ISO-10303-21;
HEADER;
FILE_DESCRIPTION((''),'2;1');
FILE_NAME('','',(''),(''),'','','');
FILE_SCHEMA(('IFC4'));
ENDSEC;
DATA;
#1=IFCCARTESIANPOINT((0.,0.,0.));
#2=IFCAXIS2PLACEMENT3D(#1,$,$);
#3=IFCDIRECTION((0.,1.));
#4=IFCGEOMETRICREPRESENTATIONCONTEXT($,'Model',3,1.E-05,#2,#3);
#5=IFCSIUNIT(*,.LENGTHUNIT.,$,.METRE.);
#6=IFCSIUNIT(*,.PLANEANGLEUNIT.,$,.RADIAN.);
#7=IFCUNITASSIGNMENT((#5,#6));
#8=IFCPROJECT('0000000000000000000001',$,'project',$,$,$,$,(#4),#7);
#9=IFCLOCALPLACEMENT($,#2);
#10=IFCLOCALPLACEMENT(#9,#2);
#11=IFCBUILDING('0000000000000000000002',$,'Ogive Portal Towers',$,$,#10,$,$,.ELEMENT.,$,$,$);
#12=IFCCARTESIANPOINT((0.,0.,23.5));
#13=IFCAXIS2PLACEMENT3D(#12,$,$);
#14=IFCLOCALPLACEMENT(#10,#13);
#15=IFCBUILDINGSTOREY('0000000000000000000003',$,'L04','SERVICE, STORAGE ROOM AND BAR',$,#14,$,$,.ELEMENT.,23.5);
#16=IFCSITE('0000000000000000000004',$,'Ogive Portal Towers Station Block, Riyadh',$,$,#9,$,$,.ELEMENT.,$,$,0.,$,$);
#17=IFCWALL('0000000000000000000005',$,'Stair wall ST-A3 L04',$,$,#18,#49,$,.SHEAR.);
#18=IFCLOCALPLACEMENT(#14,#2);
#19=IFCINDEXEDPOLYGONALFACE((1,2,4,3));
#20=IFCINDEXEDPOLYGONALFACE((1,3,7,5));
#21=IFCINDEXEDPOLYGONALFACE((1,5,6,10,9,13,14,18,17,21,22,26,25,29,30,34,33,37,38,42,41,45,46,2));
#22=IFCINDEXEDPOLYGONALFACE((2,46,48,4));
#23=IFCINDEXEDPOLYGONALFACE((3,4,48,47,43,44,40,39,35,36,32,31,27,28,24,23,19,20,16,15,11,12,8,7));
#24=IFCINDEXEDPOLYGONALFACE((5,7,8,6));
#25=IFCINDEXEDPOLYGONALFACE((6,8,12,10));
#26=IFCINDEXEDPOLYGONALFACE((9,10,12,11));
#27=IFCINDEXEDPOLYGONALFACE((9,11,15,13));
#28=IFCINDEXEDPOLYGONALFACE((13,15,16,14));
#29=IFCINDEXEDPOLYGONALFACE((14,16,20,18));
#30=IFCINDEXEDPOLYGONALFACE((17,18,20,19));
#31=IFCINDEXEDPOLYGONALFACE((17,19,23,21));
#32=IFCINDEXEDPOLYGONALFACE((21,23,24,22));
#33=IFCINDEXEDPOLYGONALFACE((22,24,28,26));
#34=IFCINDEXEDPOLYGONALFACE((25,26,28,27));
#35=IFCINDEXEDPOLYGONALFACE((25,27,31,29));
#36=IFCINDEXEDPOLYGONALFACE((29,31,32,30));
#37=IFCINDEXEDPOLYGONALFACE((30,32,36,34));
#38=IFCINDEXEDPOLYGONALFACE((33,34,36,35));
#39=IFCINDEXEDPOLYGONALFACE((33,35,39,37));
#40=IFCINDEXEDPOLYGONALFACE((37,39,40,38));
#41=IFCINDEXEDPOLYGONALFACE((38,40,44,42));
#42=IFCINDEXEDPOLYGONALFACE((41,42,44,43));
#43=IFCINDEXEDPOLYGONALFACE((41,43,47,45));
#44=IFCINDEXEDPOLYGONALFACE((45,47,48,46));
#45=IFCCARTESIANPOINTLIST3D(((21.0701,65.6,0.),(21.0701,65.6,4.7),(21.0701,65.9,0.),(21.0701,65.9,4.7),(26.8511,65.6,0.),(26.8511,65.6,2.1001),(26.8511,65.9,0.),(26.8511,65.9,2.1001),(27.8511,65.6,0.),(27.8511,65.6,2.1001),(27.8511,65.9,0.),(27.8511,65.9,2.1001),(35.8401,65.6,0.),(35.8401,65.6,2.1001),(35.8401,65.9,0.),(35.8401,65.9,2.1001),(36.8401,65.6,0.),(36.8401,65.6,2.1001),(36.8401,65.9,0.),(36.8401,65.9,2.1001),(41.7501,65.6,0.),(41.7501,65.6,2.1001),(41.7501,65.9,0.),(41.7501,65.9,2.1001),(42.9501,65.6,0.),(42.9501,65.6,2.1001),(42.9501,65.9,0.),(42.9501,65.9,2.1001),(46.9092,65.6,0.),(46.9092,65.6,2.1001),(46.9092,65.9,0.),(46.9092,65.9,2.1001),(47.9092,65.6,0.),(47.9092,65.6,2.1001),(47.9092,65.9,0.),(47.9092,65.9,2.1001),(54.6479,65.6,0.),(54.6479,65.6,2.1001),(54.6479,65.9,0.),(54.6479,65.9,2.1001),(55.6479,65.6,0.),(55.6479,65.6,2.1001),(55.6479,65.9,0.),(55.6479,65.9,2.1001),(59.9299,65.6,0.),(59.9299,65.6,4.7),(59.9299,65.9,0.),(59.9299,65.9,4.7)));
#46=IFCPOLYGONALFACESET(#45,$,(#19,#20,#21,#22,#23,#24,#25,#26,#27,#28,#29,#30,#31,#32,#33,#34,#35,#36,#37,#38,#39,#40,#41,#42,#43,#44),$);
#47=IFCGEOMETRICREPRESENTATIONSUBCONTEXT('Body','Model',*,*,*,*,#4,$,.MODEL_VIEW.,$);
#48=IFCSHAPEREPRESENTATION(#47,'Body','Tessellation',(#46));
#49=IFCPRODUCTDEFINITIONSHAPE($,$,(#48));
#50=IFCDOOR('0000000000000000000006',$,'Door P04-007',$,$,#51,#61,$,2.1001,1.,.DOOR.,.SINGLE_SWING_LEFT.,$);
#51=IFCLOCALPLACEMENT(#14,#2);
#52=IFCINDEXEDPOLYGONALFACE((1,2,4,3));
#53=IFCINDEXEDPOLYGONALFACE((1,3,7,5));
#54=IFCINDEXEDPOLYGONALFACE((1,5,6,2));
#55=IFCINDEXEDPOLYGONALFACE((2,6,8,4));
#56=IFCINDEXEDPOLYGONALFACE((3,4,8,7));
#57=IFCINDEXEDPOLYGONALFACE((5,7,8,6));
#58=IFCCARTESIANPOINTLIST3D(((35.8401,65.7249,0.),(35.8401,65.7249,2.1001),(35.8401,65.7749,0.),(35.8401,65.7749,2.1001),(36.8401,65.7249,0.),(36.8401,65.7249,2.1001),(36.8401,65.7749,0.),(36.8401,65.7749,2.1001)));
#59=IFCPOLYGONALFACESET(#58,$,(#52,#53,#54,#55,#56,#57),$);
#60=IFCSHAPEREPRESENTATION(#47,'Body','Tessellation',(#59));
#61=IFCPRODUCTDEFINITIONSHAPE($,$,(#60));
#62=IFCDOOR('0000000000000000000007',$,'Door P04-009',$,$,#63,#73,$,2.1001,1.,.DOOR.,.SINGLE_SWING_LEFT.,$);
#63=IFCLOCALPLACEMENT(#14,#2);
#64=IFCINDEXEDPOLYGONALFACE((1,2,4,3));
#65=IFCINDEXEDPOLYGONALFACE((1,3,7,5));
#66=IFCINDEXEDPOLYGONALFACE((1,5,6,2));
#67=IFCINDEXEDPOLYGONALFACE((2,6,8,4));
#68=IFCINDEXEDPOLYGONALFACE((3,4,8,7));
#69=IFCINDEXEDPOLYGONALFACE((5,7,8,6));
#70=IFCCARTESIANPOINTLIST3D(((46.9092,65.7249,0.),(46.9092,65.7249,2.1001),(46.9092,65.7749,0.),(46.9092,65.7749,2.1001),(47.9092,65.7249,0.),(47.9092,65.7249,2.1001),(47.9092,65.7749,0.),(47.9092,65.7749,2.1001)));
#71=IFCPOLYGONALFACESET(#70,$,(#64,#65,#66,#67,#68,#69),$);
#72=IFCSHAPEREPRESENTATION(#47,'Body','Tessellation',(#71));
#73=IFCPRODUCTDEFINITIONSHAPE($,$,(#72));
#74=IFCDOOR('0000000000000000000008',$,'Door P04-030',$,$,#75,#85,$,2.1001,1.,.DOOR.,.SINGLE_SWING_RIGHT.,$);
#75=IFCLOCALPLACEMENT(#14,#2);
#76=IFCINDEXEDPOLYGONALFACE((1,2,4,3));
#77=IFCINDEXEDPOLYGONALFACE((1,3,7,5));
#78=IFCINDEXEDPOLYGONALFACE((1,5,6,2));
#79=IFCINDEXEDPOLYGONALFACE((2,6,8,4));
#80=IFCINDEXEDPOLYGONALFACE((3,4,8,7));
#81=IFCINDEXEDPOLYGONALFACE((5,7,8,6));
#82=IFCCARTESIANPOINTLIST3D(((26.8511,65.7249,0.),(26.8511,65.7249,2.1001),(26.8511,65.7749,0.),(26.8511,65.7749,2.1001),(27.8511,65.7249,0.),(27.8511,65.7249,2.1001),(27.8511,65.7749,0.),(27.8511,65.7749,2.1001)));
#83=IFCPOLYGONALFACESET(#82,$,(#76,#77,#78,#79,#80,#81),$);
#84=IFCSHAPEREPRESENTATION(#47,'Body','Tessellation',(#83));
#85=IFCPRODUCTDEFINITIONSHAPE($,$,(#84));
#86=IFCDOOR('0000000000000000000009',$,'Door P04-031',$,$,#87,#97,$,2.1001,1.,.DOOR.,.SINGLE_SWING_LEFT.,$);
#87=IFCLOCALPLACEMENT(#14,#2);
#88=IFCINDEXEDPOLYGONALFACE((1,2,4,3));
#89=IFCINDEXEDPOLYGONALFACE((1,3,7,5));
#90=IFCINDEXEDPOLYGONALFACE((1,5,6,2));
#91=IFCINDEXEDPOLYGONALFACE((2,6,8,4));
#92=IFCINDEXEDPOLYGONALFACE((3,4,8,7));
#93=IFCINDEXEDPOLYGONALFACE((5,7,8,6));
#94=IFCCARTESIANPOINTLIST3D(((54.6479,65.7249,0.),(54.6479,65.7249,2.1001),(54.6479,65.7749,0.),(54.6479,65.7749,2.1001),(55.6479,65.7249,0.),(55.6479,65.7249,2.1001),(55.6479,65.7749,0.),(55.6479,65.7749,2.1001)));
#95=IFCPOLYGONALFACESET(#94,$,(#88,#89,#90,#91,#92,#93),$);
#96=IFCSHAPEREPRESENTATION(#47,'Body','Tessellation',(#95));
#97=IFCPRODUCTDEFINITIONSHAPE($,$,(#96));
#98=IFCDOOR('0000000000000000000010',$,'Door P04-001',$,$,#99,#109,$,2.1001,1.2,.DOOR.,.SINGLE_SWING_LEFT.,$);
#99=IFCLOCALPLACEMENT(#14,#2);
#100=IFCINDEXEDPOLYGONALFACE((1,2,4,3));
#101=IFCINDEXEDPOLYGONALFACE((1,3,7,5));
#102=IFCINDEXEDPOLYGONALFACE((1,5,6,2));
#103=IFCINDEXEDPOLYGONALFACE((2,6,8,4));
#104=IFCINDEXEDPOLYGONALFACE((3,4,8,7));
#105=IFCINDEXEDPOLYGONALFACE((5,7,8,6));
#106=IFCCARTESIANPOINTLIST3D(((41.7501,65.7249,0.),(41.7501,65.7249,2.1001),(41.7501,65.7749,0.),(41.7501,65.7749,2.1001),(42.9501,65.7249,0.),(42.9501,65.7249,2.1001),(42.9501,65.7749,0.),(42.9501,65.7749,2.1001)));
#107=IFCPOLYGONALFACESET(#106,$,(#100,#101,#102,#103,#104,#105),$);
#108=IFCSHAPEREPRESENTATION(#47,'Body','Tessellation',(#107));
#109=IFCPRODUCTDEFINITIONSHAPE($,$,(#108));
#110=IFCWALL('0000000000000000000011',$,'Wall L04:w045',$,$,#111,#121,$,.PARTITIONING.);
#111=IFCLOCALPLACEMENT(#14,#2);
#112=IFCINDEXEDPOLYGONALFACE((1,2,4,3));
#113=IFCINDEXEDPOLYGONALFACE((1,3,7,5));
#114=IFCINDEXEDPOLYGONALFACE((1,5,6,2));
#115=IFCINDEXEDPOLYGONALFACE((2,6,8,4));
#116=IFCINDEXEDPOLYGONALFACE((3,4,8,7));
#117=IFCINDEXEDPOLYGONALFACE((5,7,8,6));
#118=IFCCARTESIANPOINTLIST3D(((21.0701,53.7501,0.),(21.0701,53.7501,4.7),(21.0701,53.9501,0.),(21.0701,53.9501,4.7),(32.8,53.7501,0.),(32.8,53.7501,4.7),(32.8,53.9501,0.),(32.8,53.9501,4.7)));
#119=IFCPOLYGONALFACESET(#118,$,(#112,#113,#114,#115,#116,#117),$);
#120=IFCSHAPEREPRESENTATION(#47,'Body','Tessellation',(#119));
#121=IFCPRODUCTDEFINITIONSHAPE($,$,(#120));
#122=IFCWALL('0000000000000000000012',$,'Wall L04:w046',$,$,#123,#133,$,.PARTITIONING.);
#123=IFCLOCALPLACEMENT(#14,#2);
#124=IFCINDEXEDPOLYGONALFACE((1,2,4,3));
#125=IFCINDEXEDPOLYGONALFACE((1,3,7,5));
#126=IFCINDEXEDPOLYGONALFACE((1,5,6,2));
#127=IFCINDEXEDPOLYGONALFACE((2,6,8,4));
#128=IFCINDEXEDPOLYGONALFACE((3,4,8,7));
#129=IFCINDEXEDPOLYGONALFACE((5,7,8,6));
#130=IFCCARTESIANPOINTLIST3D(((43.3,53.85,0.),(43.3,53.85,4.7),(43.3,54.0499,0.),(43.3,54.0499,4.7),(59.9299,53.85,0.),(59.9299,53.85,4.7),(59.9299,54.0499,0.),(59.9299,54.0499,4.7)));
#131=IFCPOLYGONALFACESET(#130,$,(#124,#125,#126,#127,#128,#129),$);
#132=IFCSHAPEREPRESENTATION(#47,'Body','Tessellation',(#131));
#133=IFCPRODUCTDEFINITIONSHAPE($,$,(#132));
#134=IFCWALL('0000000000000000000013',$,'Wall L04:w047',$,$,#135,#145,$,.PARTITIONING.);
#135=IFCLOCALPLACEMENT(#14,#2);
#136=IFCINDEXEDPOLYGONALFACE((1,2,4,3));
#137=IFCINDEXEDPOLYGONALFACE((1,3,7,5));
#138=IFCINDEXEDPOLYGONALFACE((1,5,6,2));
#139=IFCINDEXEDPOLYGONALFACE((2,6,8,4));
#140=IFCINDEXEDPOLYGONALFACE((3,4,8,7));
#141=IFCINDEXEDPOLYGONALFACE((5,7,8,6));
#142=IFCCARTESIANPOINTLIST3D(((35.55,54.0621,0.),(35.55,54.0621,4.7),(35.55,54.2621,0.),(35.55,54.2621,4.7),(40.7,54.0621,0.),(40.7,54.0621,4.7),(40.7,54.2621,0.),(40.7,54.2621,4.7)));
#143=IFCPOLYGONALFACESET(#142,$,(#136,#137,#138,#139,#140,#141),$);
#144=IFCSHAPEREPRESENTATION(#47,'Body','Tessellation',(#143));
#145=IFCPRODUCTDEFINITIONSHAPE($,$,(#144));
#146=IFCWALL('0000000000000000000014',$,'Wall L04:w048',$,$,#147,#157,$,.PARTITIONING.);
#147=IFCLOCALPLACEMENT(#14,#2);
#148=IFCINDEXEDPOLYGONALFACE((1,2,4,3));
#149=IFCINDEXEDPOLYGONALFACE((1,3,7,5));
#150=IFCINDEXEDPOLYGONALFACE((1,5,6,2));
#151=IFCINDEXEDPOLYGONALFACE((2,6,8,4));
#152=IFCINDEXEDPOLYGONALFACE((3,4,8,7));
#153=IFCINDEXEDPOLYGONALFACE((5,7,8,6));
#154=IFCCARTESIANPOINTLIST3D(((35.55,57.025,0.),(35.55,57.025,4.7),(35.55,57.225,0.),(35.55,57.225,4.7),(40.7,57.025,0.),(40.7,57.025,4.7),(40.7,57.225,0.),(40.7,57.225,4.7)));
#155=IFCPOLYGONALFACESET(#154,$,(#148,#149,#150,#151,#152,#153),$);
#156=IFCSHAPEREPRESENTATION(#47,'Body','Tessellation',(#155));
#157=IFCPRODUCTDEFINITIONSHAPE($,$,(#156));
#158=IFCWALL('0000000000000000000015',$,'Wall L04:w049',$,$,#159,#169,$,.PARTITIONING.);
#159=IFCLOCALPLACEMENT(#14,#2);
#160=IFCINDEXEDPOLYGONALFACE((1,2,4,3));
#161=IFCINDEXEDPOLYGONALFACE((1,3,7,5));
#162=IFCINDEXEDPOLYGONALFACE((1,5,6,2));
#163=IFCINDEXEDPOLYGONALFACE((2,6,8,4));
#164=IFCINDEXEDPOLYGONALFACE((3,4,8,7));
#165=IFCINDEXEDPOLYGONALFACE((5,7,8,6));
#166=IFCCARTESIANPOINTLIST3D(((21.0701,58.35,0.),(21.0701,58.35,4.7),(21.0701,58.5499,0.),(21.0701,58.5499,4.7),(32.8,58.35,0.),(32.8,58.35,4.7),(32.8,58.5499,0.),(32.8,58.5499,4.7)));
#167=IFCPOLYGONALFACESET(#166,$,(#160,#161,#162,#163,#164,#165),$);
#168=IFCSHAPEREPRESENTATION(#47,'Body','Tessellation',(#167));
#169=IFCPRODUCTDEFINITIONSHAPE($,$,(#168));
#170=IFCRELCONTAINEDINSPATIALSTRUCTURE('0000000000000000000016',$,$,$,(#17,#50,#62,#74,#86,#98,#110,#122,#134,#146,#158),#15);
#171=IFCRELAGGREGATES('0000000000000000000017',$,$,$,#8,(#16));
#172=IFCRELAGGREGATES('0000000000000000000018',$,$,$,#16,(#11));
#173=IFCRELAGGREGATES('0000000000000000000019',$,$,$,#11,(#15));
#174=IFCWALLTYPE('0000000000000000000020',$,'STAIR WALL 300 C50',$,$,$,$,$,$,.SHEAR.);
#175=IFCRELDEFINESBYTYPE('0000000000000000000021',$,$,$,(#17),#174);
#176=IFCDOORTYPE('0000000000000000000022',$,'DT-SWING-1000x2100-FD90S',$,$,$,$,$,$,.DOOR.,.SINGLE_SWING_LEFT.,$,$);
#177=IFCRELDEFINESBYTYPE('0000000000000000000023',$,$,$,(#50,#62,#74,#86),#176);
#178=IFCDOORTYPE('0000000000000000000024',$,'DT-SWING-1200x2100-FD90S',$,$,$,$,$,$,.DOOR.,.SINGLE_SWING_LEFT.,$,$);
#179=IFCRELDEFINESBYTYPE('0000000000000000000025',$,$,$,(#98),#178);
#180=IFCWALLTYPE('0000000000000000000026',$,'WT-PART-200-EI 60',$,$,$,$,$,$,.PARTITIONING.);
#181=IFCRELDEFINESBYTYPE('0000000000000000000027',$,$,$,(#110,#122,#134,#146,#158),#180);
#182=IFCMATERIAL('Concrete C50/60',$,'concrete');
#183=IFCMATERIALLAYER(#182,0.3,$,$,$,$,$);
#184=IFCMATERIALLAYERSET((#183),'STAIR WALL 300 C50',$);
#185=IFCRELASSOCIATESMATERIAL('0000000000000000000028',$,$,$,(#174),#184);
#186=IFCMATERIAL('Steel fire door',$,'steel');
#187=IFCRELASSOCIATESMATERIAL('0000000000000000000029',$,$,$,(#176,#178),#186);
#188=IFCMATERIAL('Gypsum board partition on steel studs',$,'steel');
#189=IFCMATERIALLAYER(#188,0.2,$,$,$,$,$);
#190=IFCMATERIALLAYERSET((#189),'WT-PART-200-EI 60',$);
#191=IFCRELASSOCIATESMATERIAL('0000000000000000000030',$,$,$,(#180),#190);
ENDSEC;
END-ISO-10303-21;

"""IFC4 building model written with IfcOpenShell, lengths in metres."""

from ifc_helpers import new_model, si_unit, direction, frame, frame_2d, origin, place, context, subcontext, project, spatial, rectangle, extrude, material, layer, layer_set, type_object, element, fill, save


model = new_model("IFC4")

# Units and contexts
model_context = context("Model", 3, precision=1e-05, world=origin(), true_north=direction((0.0, 1.0)))
body_context = subcontext(model_context, "Body", "Model", "MODEL_VIEW")
ifc_project = project(units=[si_unit("LENGTHUNIT", "METRE"), si_unit("PLANEANGLEUNIT", "RADIAN")], contexts=[model_context])

# Site, building, storey
site_placement = place(None, origin())
site = spatial("IfcSite", under=ifc_project, at=site_placement, Name="Ogive Portal Towers Station Block, Riyadh", CompositionType="ELEMENT", RefElevation=0.0)
building_placement = place(site_placement, origin())
building = spatial("IfcBuilding", under=site, at=building_placement, Name="Ogive Portal Towers", CompositionType="ELEMENT")
storey_placement = place(building_placement, frame((0.0, 0.0, 23.5)))
storey = spatial("IfcBuildingStorey", under=building, at=storey_placement, Name="L04", Description="SERVICE, STORAGE ROOM AND BAR", CompositionType="ELEMENT", Elevation=23.5)

# Shared definitions
ifc_material_1 = material(Name="Concrete C50/60", Category="concrete")

# Shared definitions
ifc_layer_1 = layer(ifc_material_1, 0.3)
ifc_layer_set_1 = layer_set([ifc_layer_1], Name="STAIR WALL 300 C50")
wall_type_1 = type_object("IfcWallType", Name="STAIR WALL 300 C50", PredefinedType="SHEAR", material=ifc_layer_set_1)

# Wall, openings, doors
wall_1_placement = place(storey_placement, frame((21.0701, 65.75, 0.0), z_axis=(0.0, 0.0, 1.0), x_axis=(1.0, 0.0, 0.0)))
wall_1 = element("IfcWall", 1, at=wall_1_placement, inside=storey, type_object=wall_type_1, Name="Stair wall ST-A3 L04", PredefinedType="SHEAR", context=body_context, shape_type="SweptSolid", body=[
    extrude(rectangle(XDim=38.8599, YDim=0.3, at=frame_2d((19.4299, 0.0))), origin(), (0.0, 0.0, 1.0), 4.7),
])
opening_1_placement = place(wall_1_placement, frame((20.6799, 0.0, 0.0)))
opening_1 = element("IfcOpeningElement", 2, at=opening_1_placement, cuts=wall_1, PredefinedType="OPENING", context=body_context, shape_type="SweptSolid", body=[
    extrude(rectangle(XDim=1.2, YDim=2.1001, at=frame_2d((0.6001, 1.05))), frame((0.0, 0.1602, 0.0), z_axis=(0.0, -1.0, 0.0), x_axis=(1.0, 0.0, 0.0)), (0.0, 0.0, 1.0), 0.3201),
])
opening_2_placement = place(wall_1_placement, frame((14.77, 0.0, 0.0)))
opening_2 = element("IfcOpeningElement", 3, at=opening_2_placement, cuts=wall_1, PredefinedType="OPENING", context=body_context, shape_type="SweptSolid", body=[
    extrude(rectangle(XDim=1.0, YDim=2.1001, at=frame_2d((0.5, 1.05))), frame((0.0, 0.1602, 0.0), z_axis=(0.0, -1.0, 0.0), x_axis=(1.0, 0.0, 0.0)), (0.0, 0.0, 1.0), 0.3201),
])
opening_3_placement = place(wall_1_placement, frame((25.8391, 0.0, 0.0)))
opening_3 = element("IfcOpeningElement", 4, at=opening_3_placement, cuts=wall_1, PredefinedType="OPENING", context=body_context, shape_type="SweptSolid", body=[
    extrude(rectangle(XDim=1.0, YDim=2.1001, at=frame_2d((0.5, 1.05))), frame((0.0, 0.1602, 0.0), z_axis=(0.0, -1.0, 0.0), x_axis=(1.0, 0.0, 0.0)), (0.0, 0.0, 1.0), 0.3201),
])
opening_4_placement = place(wall_1_placement, frame((5.781, 0.0, 0.0)))
opening_4 = element("IfcOpeningElement", 5, at=opening_4_placement, cuts=wall_1, PredefinedType="OPENING", context=body_context, shape_type="SweptSolid", body=[
    extrude(rectangle(XDim=1.0, YDim=2.1001, at=frame_2d((0.5, 1.05))), frame((0.0, 0.1602, 0.0), z_axis=(0.0, -1.0, 0.0), x_axis=(1.0, 0.0, 0.0)), (0.0, 0.0, 1.0), 0.3201),
])
opening_5_placement = place(wall_1_placement, frame((33.5779, 0.0, 0.0)))
opening_5 = element("IfcOpeningElement", 6, at=opening_5_placement, cuts=wall_1, PredefinedType="OPENING", context=body_context, shape_type="SweptSolid", body=[
    extrude(rectangle(XDim=1.0, YDim=2.1001, at=frame_2d((0.5, 1.05))), frame((0.0, 0.1602, 0.0), z_axis=(0.0, -1.0, 0.0), x_axis=(1.0, 0.0, 0.0)), (0.0, 0.0, 1.0), 0.3201),
])
ifc_material_2 = material(Name="Steel fire door", Category="steel")
door_type_1 = type_object("IfcDoorType", Name="DT-SWING-1000x2100-FD90S", OperationType="SINGLE_SWING_LEFT", PredefinedType="DOOR", material=ifc_material_2)
door_1_placement = place(opening_2_placement, origin())
door_1 = element("IfcDoor", 7, at=door_1_placement, inside=storey, type_object=door_type_1, Name="Door P04-007", OperationType="SINGLE_SWING_LEFT", OverallHeight=2.1001, OverallWidth=1.0, PredefinedType="DOOR", context=body_context, shape_type="SweptSolid", body=[
    extrude(rectangle(XDim=1.0, YDim=2.1001, at=frame_2d((0.5, 1.05))), frame((0.0, 0.0249, 0.0), z_axis=(0.0, -1.0, 0.0), x_axis=(1.0, 0.0, 0.0)), (0.0, 0.0, 1.0), 0.05),
])
fill(opening_2, door_1)
door_2_placement = place(opening_3_placement, origin())
door_2 = element("IfcDoor", 8, at=door_2_placement, inside=storey, type_object=door_type_1, Name="Door P04-009", OperationType="SINGLE_SWING_LEFT", OverallHeight=2.1001, OverallWidth=1.0, PredefinedType="DOOR", context=body_context, shape_type="SweptSolid", body=[
    extrude(rectangle(XDim=1.0, YDim=2.1001, at=frame_2d((0.5, 1.05))), frame((0.0, 0.0249, 0.0), z_axis=(0.0, -1.0, 0.0), x_axis=(1.0, 0.0, 0.0)), (0.0, 0.0, 1.0), 0.05),
])
fill(opening_3, door_2)
door_3_placement = place(opening_4_placement, origin())
door_3 = element("IfcDoor", 9, at=door_3_placement, inside=storey, type_object=door_type_1, Name="Door P04-030", OperationType="SINGLE_SWING_RIGHT", OverallHeight=2.1001, OverallWidth=1.0, PredefinedType="DOOR", context=body_context, shape_type="SweptSolid", body=[
    extrude(rectangle(XDim=1.0, YDim=2.1001, at=frame_2d((0.5, 1.05))), frame((0.0, 0.0249, 0.0), z_axis=(0.0, -1.0, 0.0), x_axis=(1.0, 0.0, 0.0)), (0.0, 0.0, 1.0), 0.05),
])
fill(opening_4, door_3)
door_4_placement = place(opening_5_placement, origin())
door_4 = element("IfcDoor", 10, at=door_4_placement, inside=storey, type_object=door_type_1, Name="Door P04-031", OperationType="SINGLE_SWING_LEFT", OverallHeight=2.1001, OverallWidth=1.0, PredefinedType="DOOR", context=body_context, shape_type="SweptSolid", body=[
    extrude(rectangle(XDim=1.0, YDim=2.1001, at=frame_2d((0.5, 1.05))), frame((0.0, 0.0249, 0.0), z_axis=(0.0, -1.0, 0.0), x_axis=(1.0, 0.0, 0.0)), (0.0, 0.0, 1.0), 0.05),
])
fill(opening_5, door_4)
door_type_2 = type_object("IfcDoorType", Name="DT-SWING-1200x2100-FD90S", OperationType="SINGLE_SWING_LEFT", PredefinedType="DOOR", material=ifc_material_2)
door_5_placement = place(opening_1_placement, origin())
door_5 = element("IfcDoor", 11, at=door_5_placement, inside=storey, type_object=door_type_2, Name="Door P04-001", OperationType="SINGLE_SWING_LEFT", OverallHeight=2.1001, OverallWidth=1.2, PredefinedType="DOOR", context=body_context, shape_type="SweptSolid", body=[
    extrude(rectangle(XDim=1.2, YDim=2.1001, at=frame_2d((0.6001, 1.05))), frame((0.0, 0.0249, 0.0), z_axis=(0.0, -1.0, 0.0), x_axis=(1.0, 0.0, 0.0)), (0.0, 0.0, 1.0), 0.05),
])
fill(opening_1, door_5)

# Walls
ifc_material_3 = material(Name="Gypsum board partition on steel studs", Category="steel")
ifc_layer_2 = layer(ifc_material_3, 0.2)
ifc_layer_set_2 = layer_set([ifc_layer_2], Name="WT-PART-200-EI 60")
wall_type_2 = type_object("IfcWallType", Name="WT-PART-200-EI 60", PredefinedType="PARTITIONING", material=ifc_layer_set_2)
wall_2_placement = place(storey_placement, frame((21.0701, 53.8501, 0.0), z_axis=(0.0, 0.0, 1.0), x_axis=(1.0, 0.0, 0.0)))
element("IfcWall", 12, at=wall_2_placement, inside=storey, type_object=wall_type_2, Name="Wall L04:w045", PredefinedType="PARTITIONING", context=body_context, shape_type="SweptSolid", body=[
    extrude(rectangle(XDim=11.73, YDim=0.2, at=frame_2d((5.865, 0.0))), origin(), (0.0, 0.0, 1.0), 4.7),
])
wall_3_placement = place(storey_placement, frame((43.3, 53.95, 0.0), z_axis=(0.0, 0.0, 1.0), x_axis=(1.0, 0.0, 0.0)))
element("IfcWall", 13, at=wall_3_placement, inside=storey, type_object=wall_type_2, Name="Wall L04:w046", PredefinedType="PARTITIONING", context=body_context, shape_type="SweptSolid", body=[
    extrude(rectangle(XDim=16.6299, YDim=0.2, at=frame_2d((8.3149, 0.0))), origin(), (0.0, 0.0, 1.0), 4.7),
])
for number, where, z_axis, x_axis, name in (
    (14, (35.55, 54.1621, 0.0), (0.0, 0.0, 1.0), (1.0, 0.0, 0.0), "Wall L04:w047"),
    (15, (35.55, 57.125, 0.0), (0.0, 0.0, 1.0), (1.0, 0.0, 0.0), "Wall L04:w048"),
):
    element("IfcWall", number, at=place(storey_placement, frame(where, z_axis=z_axis, x_axis=x_axis)), inside=storey, type_object=wall_type_2, Name=name, PredefinedType="PARTITIONING", context=body_context, shape_type="SweptSolid", body=[
        extrude(rectangle(XDim=5.1499, YDim=0.2, at=frame_2d((2.575, 0.0))), origin(), (0.0, 0.0, 1.0), 4.7),
    ])
wall_4_placement = place(storey_placement, frame((21.0701, 58.45, 0.0), z_axis=(0.0, 0.0, 1.0), x_axis=(1.0, 0.0, 0.0)))
element("IfcWall", 16, at=wall_4_placement, inside=storey, type_object=wall_type_2, Name="Wall L04:w049", PredefinedType="PARTITIONING", context=body_context, shape_type="SweptSolid", body=[
    extrude(rectangle(XDim=11.73, YDim=0.2, at=frame_2d((5.865, 0.0))), origin(), (0.0, 0.0, 1.0), 4.7),
])

save(model, "model.ifc")
